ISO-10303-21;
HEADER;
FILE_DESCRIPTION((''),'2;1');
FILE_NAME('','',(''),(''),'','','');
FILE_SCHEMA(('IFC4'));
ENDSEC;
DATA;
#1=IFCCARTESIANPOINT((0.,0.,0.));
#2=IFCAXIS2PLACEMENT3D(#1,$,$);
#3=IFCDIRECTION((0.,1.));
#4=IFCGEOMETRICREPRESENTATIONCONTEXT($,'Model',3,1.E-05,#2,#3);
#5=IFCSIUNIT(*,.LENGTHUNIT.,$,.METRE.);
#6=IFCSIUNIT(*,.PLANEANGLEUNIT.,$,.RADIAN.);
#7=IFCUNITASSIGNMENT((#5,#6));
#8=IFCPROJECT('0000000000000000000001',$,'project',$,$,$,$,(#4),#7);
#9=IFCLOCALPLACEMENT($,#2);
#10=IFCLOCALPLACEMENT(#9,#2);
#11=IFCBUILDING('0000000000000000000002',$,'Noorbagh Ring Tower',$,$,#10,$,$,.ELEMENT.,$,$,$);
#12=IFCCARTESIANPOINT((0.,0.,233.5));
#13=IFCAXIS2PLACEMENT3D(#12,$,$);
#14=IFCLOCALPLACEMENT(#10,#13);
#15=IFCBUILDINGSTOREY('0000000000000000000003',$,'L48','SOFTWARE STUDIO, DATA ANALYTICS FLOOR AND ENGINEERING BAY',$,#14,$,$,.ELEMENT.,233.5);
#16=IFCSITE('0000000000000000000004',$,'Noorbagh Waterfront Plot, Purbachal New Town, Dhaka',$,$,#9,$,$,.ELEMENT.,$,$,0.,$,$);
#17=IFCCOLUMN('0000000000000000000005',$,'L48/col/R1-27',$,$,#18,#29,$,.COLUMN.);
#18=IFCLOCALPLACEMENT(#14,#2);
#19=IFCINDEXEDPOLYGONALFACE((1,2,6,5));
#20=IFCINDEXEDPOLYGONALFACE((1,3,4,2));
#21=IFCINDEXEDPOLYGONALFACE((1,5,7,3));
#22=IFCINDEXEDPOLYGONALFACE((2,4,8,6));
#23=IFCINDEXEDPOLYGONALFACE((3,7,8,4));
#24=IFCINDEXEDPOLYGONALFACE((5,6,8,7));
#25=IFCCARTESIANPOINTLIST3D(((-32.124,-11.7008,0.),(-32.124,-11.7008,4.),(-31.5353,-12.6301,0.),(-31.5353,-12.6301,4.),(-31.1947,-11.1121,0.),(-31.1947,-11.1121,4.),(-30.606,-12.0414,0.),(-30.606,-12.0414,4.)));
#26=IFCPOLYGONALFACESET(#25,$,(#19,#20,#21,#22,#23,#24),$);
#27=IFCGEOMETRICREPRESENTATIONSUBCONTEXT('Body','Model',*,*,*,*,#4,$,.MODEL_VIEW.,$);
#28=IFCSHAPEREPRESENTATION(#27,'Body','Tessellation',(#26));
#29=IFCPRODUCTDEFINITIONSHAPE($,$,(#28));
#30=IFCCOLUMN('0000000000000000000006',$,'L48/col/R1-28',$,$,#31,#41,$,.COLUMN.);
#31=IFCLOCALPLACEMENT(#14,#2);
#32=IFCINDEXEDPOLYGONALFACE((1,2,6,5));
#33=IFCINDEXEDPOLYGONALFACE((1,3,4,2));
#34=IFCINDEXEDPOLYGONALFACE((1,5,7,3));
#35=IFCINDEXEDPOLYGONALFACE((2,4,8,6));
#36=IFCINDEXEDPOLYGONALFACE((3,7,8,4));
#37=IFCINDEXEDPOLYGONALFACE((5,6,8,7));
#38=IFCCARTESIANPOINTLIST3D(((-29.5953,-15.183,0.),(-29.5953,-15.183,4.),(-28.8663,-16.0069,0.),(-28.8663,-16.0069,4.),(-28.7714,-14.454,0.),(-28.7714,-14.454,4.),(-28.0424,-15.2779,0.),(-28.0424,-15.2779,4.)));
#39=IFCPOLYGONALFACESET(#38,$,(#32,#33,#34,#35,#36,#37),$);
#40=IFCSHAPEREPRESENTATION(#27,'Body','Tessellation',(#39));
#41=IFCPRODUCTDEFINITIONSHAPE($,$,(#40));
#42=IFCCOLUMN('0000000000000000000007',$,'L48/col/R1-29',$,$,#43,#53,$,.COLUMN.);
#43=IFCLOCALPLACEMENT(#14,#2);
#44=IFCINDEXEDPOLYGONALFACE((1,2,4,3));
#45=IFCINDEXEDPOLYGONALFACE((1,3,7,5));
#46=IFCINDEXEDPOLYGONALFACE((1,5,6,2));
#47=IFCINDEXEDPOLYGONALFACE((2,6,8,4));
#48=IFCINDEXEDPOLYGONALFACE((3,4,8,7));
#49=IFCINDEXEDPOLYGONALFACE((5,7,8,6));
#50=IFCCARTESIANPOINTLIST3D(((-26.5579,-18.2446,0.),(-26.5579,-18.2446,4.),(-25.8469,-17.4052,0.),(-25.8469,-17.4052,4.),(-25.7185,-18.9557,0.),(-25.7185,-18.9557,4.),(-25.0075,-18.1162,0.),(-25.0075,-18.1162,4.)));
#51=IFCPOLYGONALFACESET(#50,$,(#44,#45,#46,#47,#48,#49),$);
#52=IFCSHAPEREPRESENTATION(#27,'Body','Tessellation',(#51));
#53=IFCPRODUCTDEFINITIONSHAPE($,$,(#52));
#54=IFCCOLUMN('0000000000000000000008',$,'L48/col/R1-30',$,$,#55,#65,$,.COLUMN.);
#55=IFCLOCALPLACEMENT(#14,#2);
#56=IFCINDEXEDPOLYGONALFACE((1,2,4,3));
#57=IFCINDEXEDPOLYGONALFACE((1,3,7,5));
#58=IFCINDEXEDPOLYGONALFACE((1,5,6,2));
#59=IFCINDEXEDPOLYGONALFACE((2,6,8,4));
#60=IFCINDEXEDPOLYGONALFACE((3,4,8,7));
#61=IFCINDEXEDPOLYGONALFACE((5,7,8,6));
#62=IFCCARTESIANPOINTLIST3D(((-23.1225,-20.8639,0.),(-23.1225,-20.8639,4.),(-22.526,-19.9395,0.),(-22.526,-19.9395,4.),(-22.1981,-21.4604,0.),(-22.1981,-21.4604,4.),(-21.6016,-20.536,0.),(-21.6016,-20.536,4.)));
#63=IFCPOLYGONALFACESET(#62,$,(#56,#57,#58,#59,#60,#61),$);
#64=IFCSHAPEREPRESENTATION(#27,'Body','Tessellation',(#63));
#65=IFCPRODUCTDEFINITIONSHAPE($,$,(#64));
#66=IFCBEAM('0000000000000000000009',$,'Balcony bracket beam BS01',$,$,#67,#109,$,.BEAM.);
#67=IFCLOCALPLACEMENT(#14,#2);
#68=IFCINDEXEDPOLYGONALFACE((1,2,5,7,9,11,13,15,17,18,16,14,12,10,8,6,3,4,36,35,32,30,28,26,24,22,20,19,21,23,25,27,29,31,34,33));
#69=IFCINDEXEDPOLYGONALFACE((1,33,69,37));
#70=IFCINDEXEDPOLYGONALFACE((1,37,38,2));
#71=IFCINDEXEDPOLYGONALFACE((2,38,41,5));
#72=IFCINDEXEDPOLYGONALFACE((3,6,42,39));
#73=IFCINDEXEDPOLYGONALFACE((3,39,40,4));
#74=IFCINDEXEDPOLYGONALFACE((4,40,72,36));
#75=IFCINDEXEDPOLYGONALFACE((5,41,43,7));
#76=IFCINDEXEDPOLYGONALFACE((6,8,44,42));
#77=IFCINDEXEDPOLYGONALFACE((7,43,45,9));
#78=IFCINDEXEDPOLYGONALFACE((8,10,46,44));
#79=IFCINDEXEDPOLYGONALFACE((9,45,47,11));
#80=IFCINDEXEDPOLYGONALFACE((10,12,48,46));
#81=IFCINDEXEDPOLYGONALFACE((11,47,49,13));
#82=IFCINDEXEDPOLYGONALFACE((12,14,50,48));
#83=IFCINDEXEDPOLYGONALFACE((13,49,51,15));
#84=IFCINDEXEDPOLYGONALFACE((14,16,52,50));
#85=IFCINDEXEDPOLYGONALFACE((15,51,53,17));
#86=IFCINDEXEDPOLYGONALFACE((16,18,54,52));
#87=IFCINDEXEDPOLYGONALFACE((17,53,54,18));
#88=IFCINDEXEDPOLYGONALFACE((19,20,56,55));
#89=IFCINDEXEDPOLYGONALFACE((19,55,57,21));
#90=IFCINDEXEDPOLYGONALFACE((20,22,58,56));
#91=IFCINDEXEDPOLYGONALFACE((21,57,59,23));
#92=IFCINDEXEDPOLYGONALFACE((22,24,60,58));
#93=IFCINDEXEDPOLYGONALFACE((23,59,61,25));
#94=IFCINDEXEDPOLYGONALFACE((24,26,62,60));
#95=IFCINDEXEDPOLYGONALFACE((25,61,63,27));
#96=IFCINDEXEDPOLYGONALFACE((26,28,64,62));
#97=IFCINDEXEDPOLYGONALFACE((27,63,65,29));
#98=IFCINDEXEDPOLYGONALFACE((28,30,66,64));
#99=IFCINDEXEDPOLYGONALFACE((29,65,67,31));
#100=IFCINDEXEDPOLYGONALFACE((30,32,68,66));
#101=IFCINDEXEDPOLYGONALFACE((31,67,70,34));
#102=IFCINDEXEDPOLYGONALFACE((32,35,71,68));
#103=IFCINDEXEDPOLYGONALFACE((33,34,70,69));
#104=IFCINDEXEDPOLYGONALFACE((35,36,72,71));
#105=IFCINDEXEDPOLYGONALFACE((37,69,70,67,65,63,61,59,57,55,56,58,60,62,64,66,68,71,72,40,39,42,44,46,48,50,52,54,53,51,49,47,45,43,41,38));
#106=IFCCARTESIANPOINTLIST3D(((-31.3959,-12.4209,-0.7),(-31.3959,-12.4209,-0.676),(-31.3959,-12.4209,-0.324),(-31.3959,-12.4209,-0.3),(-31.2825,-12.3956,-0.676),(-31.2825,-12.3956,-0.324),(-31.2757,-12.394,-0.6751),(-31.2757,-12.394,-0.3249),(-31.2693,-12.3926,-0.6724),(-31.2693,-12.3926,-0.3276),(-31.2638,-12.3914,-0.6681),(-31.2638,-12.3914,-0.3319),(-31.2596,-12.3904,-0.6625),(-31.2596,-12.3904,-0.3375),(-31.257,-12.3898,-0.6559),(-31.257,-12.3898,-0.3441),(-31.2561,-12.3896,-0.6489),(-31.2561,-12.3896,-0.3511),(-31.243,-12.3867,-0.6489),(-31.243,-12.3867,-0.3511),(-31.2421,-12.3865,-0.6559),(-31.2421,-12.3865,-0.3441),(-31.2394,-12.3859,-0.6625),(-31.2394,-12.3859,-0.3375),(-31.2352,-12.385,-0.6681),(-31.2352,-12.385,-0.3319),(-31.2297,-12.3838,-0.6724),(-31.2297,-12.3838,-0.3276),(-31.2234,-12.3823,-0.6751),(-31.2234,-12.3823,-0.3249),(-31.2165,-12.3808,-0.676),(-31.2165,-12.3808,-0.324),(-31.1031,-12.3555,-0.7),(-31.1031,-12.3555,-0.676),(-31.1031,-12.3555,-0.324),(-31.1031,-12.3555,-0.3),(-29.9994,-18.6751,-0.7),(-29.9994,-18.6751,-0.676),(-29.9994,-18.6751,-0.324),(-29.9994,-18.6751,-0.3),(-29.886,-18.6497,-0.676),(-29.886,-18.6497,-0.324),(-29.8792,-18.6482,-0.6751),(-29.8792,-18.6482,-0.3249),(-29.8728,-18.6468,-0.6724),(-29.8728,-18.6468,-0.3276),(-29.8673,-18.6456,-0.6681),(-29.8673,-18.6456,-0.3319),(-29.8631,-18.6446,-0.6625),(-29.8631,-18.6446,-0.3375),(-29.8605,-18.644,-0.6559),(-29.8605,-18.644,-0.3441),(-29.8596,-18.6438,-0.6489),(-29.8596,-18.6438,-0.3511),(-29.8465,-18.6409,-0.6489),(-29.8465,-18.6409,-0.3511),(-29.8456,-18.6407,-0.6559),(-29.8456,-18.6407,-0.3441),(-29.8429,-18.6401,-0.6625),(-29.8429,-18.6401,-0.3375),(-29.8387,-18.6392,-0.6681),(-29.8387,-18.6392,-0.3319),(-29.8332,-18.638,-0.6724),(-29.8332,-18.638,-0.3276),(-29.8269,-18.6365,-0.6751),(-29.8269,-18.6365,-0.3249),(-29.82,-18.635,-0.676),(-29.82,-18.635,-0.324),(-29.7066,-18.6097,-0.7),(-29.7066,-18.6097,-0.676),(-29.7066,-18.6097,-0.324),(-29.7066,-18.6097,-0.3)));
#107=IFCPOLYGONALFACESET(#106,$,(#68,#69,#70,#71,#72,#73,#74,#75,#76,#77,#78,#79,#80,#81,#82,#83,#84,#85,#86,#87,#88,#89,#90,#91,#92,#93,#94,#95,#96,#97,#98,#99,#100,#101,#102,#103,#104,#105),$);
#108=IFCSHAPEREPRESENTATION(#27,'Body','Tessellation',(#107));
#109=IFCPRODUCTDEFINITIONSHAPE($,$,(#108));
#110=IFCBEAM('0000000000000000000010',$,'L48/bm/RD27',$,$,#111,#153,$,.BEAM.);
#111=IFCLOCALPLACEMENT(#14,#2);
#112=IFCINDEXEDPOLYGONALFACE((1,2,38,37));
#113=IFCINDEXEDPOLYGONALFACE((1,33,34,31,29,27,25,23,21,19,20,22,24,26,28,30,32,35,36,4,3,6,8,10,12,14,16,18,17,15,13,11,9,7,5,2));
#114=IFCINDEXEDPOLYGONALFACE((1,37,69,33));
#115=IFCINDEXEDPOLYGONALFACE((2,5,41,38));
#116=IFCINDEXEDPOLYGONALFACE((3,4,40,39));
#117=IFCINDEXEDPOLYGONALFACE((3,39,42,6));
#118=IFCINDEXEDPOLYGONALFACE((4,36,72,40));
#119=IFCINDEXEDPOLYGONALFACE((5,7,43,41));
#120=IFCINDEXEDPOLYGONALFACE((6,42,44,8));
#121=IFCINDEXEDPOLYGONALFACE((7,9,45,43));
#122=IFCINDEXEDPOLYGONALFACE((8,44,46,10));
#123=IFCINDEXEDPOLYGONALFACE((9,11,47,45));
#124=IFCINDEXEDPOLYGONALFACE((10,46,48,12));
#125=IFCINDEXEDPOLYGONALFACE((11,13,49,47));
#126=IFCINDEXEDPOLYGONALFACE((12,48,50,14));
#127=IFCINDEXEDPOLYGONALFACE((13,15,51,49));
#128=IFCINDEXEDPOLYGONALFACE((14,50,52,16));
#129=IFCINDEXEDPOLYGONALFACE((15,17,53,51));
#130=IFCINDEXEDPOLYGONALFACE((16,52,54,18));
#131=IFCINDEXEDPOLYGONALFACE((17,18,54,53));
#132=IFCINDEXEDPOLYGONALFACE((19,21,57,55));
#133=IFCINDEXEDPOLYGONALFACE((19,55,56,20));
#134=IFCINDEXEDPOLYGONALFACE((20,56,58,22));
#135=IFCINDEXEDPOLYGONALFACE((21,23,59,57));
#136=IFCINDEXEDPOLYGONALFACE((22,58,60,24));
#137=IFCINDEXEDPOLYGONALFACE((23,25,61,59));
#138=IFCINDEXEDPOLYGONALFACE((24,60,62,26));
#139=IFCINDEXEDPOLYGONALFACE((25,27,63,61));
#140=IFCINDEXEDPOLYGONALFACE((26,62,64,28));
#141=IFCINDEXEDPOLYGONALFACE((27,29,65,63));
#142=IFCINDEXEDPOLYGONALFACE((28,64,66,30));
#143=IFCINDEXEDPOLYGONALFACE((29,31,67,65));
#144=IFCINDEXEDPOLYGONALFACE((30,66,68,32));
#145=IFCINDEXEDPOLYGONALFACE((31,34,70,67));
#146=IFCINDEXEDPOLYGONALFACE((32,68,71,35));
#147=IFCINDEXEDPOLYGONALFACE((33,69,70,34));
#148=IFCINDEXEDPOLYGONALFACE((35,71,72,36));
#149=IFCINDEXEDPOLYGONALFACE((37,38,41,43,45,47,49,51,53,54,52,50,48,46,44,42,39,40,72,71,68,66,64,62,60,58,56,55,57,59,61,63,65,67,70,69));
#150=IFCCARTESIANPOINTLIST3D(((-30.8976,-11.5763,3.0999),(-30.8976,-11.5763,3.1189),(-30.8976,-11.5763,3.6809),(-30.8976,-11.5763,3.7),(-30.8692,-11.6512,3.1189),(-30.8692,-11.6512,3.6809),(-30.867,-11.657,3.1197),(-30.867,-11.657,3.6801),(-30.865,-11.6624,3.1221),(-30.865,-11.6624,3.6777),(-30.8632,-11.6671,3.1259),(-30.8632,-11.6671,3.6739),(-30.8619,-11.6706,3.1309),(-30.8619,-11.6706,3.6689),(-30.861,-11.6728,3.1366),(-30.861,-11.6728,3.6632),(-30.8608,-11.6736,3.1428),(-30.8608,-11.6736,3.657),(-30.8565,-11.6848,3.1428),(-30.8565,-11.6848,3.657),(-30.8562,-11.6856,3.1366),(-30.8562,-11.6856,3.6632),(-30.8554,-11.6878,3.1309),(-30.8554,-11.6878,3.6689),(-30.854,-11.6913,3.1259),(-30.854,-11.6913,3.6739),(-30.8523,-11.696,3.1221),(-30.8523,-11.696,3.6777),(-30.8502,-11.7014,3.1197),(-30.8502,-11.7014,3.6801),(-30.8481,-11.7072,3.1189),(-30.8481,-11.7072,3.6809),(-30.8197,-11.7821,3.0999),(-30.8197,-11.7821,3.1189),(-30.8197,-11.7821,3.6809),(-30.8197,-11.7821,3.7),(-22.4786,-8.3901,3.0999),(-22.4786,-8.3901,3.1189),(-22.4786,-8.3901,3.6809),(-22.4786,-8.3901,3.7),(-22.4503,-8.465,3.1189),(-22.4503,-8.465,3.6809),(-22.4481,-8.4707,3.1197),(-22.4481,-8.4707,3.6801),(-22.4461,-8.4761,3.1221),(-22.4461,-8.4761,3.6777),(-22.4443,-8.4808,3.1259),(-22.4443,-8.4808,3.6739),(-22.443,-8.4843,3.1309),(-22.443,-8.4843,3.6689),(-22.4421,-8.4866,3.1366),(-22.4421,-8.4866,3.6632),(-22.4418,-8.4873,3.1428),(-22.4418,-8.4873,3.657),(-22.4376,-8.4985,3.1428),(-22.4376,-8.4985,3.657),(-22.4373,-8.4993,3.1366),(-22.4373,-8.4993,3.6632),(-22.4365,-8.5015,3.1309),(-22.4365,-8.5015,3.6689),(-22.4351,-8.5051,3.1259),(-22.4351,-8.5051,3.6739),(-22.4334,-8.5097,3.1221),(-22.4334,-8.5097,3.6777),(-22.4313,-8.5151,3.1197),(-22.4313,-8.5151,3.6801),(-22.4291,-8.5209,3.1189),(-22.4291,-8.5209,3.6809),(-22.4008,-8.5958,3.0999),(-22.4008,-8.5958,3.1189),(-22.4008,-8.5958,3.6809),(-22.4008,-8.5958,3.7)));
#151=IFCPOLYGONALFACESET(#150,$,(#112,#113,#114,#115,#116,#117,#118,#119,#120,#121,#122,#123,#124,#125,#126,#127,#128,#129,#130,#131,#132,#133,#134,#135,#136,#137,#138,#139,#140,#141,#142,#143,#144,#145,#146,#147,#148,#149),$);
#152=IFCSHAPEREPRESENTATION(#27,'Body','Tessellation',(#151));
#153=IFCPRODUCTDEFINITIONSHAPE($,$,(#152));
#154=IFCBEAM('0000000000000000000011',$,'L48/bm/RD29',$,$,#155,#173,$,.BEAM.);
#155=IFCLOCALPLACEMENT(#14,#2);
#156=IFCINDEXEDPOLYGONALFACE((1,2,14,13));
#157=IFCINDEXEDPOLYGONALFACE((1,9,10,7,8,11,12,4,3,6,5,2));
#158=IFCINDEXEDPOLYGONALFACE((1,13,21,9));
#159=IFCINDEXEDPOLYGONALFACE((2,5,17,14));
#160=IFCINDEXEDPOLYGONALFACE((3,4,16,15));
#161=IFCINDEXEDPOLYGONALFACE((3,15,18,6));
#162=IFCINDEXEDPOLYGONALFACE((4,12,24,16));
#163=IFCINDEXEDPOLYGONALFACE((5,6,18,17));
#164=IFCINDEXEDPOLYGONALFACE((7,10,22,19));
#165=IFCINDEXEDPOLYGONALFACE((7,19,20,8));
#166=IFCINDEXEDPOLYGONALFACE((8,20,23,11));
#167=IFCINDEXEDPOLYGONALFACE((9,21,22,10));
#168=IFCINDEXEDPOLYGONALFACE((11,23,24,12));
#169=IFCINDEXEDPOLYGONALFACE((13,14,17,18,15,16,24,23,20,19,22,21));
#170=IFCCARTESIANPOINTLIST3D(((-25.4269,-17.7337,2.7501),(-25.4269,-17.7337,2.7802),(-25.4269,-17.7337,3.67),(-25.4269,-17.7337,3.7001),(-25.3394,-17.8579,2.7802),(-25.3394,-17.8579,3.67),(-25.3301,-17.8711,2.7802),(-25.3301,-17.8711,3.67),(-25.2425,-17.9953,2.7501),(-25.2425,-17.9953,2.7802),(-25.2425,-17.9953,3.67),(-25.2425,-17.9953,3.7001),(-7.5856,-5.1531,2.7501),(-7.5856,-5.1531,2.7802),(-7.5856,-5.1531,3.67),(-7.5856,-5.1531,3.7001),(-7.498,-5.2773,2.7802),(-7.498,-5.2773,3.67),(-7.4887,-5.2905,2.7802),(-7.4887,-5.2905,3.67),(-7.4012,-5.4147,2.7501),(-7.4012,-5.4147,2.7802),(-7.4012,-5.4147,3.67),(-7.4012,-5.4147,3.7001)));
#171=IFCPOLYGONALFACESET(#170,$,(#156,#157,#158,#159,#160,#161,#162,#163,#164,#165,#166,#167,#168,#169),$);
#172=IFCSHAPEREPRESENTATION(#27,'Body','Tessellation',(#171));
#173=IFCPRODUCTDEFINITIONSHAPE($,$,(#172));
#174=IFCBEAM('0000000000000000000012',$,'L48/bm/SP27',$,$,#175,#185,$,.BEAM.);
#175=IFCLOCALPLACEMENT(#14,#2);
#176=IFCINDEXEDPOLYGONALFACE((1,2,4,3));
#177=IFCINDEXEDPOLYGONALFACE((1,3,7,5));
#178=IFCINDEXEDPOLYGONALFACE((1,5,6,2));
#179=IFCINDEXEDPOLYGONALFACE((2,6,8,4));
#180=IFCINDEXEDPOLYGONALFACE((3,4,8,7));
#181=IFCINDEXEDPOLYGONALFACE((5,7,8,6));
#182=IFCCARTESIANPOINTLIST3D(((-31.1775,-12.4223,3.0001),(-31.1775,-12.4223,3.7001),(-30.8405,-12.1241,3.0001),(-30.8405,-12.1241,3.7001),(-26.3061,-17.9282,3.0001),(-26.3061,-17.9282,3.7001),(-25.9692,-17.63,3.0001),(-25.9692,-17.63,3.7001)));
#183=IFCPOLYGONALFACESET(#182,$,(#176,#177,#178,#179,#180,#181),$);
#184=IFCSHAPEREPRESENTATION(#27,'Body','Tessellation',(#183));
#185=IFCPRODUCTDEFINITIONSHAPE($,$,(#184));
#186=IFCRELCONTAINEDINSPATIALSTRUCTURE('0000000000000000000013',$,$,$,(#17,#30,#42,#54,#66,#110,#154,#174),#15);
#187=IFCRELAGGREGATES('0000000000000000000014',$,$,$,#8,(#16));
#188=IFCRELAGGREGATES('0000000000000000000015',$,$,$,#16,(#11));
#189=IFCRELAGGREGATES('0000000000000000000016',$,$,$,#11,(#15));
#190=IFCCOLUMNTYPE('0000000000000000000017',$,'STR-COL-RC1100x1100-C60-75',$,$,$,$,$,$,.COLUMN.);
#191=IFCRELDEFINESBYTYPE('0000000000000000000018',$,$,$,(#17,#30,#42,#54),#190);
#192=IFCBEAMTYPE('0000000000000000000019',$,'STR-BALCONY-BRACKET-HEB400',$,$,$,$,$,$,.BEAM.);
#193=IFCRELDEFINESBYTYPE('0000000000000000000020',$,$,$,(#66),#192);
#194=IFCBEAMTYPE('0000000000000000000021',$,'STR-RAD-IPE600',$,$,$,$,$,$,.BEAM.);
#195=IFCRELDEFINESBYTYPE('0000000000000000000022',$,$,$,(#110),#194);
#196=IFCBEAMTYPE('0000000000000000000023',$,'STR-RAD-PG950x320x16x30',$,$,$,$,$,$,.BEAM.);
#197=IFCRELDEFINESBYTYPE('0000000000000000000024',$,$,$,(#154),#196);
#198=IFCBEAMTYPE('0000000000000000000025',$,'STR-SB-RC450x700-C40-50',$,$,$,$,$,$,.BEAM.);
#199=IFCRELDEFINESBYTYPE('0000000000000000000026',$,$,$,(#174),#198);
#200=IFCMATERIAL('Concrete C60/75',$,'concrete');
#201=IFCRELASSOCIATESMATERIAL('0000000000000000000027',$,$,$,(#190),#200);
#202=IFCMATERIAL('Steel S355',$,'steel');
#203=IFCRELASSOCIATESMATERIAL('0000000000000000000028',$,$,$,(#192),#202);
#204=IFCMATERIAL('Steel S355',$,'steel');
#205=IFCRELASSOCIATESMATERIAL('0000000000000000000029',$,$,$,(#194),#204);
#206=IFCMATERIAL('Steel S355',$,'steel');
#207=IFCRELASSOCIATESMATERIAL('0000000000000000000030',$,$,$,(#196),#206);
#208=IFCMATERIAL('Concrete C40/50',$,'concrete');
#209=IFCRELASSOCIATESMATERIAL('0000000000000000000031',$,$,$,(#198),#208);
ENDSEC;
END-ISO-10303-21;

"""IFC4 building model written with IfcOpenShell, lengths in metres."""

from ifc_helpers import new_model, si_unit, direction, frame, origin, origin_2d, place, context, subcontext, project, spatial, rectangle, i_section, extrude, material, material_profile, profile_set, type_object, element, save


model = new_model("IFC4")

# Units and contexts
model_context = context("Model", 3, precision=1e-05, world=origin(), true_north=direction((0.0, 1.0)))
body_context = subcontext(model_context, "Body", "Model", "MODEL_VIEW")
ifc_project = project(units=[si_unit("LENGTHUNIT", "METRE"), si_unit("PLANEANGLEUNIT", "RADIAN")], contexts=[model_context])

# Site, building, storey
site_placement = place(None, origin())
site = spatial("IfcSite", under=ifc_project, at=site_placement, Name="Noorbagh Waterfront Plot, Purbachal New Town, Dhaka", CompositionType="ELEMENT", RefElevation=0.0)
building_placement = place(site_placement, origin())
building = spatial("IfcBuilding", under=site, at=building_placement, Name="Noorbagh Ring Tower", CompositionType="ELEMENT")
storey_placement = place(building_placement, frame((0.0, 0.0, 233.5)))
storey = spatial("IfcBuildingStorey", under=building, at=storey_placement, Name="L48", Description="SOFTWARE STUDIO, DATA ANALYTICS FLOOR AND ENGINEERING BAY", CompositionType="ELEMENT", Elevation=233.5)

# Columns
ifc_material_1 = material(Name="Concrete C60/75", Category="concrete")
ifc_material_profile_1 = material_profile(ifc_material_1, rectangle(XDim=1.1001, YDim=1.1001, at=origin_2d()), Name="RC1100x1100")
ifc_profile_set_1 = profile_set([ifc_material_profile_1], Name="Concrete C60/75")
column_type = type_object("IfcColumnType", Name="STR-COL-RC1100x1100-C60-75", PredefinedType="COLUMN", material=ifc_profile_set_1)
for number, where, z_axis, x_axis, name in (
    (1, (-31.365, -11.8711, 0.0), (0.0, 0.0, 1.0), (0.53519, -0.844731, 0.0), "L48/col/R1-27"),
    (2, (-28.8188, -15.2305, 0.0), (0.0, 0.0, 1.0), (0.662636, -0.748942, 0.0), "L48/col/R1-28"),
    (3, (-25.7827, -18.1804, 0.0), (0.0, 0.0, 1.0), (0.763035, -0.646357, 0.0), "L48/col/R1-29"),
    (4, (-22.3621, -20.7, 0.0), (0.0, 0.0, 1.0), (0.840248, -0.542203, 0.0), "L48/col/R1-30"),
):
    element("IfcColumn", number, at=place(storey_placement, frame(where, z_axis=z_axis, x_axis=x_axis)), inside=storey, type_object=column_type, Name=name, PredefinedType="COLUMN", context=body_context, shape_type="SweptSolid", body=[
        extrude(rectangle(XDim=1.1001, YDim=1.1001, at=origin_2d()), origin(), (0.0, 0.0, 1.0), 4.0),
    ])

# Beams
ifc_material_2 = material(Name="Steel S355", Category="steel")
ifc_material_profile_2 = material_profile(ifc_material_2, i_section(OverallWidth=0.3, OverallDepth=0.3999, WebThickness=0.0134, FlangeThickness=0.0239, FilletRadius=0.0271, at=origin_2d()), Name="HEB400")
ifc_profile_set_2 = profile_set([ifc_material_profile_2], Name="Steel S355")
beam_type_1 = type_object("IfcBeamType", Name="STR-BALCONY-BRACKET-HEB400", PredefinedType="BEAM", material=ifc_profile_set_2)
beam_1_placement = place(storey_placement, frame((-31.2495, -12.3882, -0.5), z_axis=(0.217923, -0.975966, 0.0), x_axis=(0.975966, 0.217923, 0.0)))
element("IfcBeam", 5, at=beam_1_placement, inside=storey, type_object=beam_type_1, Name="Balcony bracket beam BS01", PredefinedType="BEAM", context=body_context, shape_type="SweptSolid", body=[
    extrude(i_section(OverallWidth=0.3, OverallDepth=0.3999, WebThickness=0.0134, FlangeThickness=0.0239, FilletRadius=0.0271, at=origin_2d()), origin(), (0.0, 0.0, 1.0), 6.4082),
])
ifc_material_3 = material(Name="Steel S355", Category="steel")
ifc_material_profile_3 = material_profile(ifc_material_3, i_section(OverallWidth=0.22, OverallDepth=0.6001, WebThickness=0.012, FlangeThickness=0.019, FilletRadius=0.0239, at=origin_2d()), Name="IPE600")
ifc_profile_set_3 = profile_set([ifc_material_profile_3], Name="Steel S355")
beam_type_2 = type_object("IfcBeamType", Name="STR-RAD-IPE600", PredefinedType="BEAM", material=ifc_profile_set_3)
beam_2_placement = place(storey_placement, frame((-30.8586, -11.6792, 3.3999), z_axis=(0.935259, 0.353963, 0.0), x_axis=(-0.353963, 0.935259, 0.0)))
element("IfcBeam", 6, at=beam_2_placement, inside=storey, type_object=beam_type_2, Name="L48/bm/RD27", PredefinedType="BEAM", context=body_context, shape_type="SweptSolid", body=[
    extrude(i_section(OverallWidth=0.22, OverallDepth=0.6001, WebThickness=0.012, FlangeThickness=0.019, FilletRadius=0.0239, at=origin_2d()), origin(), (0.0, 0.0, 1.0), 9.0017),
])
ifc_material_4 = material(Name="Steel S355", Category="steel")
ifc_material_profile_4 = material_profile(ifc_material_4, i_section(OverallWidth=0.3201, OverallDepth=0.95, WebThickness=0.0161, FlangeThickness=0.03, at=origin_2d()), Name="PG950x320x16x30")
ifc_profile_set_4 = profile_set([ifc_material_profile_4], Name="Steel S355")
beam_type_3 = type_object("IfcBeamType", Name="STR-RAD-PG950x320x16x30", PredefinedType="BEAM", material=ifc_profile_set_4)
beam_3_placement = place(storey_placement, frame((-25.3347, -17.8645, 3.2251), z_axis=(0.817255, 0.576277, 0.0), x_axis=(-0.576277, 0.817255, 0.0)))
element("IfcBeam", 7, at=beam_3_placement, inside=storey, type_object=beam_type_3, Name="L48/bm/RD29", PredefinedType="BEAM", context=body_context, shape_type="SweptSolid", body=[
    extrude(i_section(OverallWidth=0.3201, OverallDepth=0.95, WebThickness=0.0161, FlangeThickness=0.03, at=origin_2d()), origin(), (0.0, 0.0, 1.0), 21.8308),
])
ifc_material_5 = material(Name="Concrete C40/50", Category="concrete")
ifc_material_profile_5 = material_profile(ifc_material_5, rectangle(XDim=0.45, YDim=0.7, at=origin_2d()), Name="RC450x700")
ifc_profile_set_5 = profile_set([ifc_material_profile_5], Name="Concrete C40/50")
beam_type_4 = type_object("IfcBeamType", Name="STR-SB-RC450x700-C40-50", PredefinedType="BEAM", material=ifc_profile_set_5)
beam_4_placement = place(storey_placement, frame((-31.009, -12.2732, 3.3501), z_axis=(0.662633, -0.748945, 0.0), x_axis=(0.748945, 0.662633, 0.0)))
element("IfcBeam", 8, at=beam_4_placement, inside=storey, type_object=beam_type_4, Name="L48/bm/SP27", PredefinedType="BEAM", context=body_context, shape_type="SweptSolid", body=[
    extrude(rectangle(XDim=0.45, YDim=0.7, at=origin_2d()), origin(), (0.0, 0.0, 1.0), 7.3516),
])

save(model, "model.ifc")
